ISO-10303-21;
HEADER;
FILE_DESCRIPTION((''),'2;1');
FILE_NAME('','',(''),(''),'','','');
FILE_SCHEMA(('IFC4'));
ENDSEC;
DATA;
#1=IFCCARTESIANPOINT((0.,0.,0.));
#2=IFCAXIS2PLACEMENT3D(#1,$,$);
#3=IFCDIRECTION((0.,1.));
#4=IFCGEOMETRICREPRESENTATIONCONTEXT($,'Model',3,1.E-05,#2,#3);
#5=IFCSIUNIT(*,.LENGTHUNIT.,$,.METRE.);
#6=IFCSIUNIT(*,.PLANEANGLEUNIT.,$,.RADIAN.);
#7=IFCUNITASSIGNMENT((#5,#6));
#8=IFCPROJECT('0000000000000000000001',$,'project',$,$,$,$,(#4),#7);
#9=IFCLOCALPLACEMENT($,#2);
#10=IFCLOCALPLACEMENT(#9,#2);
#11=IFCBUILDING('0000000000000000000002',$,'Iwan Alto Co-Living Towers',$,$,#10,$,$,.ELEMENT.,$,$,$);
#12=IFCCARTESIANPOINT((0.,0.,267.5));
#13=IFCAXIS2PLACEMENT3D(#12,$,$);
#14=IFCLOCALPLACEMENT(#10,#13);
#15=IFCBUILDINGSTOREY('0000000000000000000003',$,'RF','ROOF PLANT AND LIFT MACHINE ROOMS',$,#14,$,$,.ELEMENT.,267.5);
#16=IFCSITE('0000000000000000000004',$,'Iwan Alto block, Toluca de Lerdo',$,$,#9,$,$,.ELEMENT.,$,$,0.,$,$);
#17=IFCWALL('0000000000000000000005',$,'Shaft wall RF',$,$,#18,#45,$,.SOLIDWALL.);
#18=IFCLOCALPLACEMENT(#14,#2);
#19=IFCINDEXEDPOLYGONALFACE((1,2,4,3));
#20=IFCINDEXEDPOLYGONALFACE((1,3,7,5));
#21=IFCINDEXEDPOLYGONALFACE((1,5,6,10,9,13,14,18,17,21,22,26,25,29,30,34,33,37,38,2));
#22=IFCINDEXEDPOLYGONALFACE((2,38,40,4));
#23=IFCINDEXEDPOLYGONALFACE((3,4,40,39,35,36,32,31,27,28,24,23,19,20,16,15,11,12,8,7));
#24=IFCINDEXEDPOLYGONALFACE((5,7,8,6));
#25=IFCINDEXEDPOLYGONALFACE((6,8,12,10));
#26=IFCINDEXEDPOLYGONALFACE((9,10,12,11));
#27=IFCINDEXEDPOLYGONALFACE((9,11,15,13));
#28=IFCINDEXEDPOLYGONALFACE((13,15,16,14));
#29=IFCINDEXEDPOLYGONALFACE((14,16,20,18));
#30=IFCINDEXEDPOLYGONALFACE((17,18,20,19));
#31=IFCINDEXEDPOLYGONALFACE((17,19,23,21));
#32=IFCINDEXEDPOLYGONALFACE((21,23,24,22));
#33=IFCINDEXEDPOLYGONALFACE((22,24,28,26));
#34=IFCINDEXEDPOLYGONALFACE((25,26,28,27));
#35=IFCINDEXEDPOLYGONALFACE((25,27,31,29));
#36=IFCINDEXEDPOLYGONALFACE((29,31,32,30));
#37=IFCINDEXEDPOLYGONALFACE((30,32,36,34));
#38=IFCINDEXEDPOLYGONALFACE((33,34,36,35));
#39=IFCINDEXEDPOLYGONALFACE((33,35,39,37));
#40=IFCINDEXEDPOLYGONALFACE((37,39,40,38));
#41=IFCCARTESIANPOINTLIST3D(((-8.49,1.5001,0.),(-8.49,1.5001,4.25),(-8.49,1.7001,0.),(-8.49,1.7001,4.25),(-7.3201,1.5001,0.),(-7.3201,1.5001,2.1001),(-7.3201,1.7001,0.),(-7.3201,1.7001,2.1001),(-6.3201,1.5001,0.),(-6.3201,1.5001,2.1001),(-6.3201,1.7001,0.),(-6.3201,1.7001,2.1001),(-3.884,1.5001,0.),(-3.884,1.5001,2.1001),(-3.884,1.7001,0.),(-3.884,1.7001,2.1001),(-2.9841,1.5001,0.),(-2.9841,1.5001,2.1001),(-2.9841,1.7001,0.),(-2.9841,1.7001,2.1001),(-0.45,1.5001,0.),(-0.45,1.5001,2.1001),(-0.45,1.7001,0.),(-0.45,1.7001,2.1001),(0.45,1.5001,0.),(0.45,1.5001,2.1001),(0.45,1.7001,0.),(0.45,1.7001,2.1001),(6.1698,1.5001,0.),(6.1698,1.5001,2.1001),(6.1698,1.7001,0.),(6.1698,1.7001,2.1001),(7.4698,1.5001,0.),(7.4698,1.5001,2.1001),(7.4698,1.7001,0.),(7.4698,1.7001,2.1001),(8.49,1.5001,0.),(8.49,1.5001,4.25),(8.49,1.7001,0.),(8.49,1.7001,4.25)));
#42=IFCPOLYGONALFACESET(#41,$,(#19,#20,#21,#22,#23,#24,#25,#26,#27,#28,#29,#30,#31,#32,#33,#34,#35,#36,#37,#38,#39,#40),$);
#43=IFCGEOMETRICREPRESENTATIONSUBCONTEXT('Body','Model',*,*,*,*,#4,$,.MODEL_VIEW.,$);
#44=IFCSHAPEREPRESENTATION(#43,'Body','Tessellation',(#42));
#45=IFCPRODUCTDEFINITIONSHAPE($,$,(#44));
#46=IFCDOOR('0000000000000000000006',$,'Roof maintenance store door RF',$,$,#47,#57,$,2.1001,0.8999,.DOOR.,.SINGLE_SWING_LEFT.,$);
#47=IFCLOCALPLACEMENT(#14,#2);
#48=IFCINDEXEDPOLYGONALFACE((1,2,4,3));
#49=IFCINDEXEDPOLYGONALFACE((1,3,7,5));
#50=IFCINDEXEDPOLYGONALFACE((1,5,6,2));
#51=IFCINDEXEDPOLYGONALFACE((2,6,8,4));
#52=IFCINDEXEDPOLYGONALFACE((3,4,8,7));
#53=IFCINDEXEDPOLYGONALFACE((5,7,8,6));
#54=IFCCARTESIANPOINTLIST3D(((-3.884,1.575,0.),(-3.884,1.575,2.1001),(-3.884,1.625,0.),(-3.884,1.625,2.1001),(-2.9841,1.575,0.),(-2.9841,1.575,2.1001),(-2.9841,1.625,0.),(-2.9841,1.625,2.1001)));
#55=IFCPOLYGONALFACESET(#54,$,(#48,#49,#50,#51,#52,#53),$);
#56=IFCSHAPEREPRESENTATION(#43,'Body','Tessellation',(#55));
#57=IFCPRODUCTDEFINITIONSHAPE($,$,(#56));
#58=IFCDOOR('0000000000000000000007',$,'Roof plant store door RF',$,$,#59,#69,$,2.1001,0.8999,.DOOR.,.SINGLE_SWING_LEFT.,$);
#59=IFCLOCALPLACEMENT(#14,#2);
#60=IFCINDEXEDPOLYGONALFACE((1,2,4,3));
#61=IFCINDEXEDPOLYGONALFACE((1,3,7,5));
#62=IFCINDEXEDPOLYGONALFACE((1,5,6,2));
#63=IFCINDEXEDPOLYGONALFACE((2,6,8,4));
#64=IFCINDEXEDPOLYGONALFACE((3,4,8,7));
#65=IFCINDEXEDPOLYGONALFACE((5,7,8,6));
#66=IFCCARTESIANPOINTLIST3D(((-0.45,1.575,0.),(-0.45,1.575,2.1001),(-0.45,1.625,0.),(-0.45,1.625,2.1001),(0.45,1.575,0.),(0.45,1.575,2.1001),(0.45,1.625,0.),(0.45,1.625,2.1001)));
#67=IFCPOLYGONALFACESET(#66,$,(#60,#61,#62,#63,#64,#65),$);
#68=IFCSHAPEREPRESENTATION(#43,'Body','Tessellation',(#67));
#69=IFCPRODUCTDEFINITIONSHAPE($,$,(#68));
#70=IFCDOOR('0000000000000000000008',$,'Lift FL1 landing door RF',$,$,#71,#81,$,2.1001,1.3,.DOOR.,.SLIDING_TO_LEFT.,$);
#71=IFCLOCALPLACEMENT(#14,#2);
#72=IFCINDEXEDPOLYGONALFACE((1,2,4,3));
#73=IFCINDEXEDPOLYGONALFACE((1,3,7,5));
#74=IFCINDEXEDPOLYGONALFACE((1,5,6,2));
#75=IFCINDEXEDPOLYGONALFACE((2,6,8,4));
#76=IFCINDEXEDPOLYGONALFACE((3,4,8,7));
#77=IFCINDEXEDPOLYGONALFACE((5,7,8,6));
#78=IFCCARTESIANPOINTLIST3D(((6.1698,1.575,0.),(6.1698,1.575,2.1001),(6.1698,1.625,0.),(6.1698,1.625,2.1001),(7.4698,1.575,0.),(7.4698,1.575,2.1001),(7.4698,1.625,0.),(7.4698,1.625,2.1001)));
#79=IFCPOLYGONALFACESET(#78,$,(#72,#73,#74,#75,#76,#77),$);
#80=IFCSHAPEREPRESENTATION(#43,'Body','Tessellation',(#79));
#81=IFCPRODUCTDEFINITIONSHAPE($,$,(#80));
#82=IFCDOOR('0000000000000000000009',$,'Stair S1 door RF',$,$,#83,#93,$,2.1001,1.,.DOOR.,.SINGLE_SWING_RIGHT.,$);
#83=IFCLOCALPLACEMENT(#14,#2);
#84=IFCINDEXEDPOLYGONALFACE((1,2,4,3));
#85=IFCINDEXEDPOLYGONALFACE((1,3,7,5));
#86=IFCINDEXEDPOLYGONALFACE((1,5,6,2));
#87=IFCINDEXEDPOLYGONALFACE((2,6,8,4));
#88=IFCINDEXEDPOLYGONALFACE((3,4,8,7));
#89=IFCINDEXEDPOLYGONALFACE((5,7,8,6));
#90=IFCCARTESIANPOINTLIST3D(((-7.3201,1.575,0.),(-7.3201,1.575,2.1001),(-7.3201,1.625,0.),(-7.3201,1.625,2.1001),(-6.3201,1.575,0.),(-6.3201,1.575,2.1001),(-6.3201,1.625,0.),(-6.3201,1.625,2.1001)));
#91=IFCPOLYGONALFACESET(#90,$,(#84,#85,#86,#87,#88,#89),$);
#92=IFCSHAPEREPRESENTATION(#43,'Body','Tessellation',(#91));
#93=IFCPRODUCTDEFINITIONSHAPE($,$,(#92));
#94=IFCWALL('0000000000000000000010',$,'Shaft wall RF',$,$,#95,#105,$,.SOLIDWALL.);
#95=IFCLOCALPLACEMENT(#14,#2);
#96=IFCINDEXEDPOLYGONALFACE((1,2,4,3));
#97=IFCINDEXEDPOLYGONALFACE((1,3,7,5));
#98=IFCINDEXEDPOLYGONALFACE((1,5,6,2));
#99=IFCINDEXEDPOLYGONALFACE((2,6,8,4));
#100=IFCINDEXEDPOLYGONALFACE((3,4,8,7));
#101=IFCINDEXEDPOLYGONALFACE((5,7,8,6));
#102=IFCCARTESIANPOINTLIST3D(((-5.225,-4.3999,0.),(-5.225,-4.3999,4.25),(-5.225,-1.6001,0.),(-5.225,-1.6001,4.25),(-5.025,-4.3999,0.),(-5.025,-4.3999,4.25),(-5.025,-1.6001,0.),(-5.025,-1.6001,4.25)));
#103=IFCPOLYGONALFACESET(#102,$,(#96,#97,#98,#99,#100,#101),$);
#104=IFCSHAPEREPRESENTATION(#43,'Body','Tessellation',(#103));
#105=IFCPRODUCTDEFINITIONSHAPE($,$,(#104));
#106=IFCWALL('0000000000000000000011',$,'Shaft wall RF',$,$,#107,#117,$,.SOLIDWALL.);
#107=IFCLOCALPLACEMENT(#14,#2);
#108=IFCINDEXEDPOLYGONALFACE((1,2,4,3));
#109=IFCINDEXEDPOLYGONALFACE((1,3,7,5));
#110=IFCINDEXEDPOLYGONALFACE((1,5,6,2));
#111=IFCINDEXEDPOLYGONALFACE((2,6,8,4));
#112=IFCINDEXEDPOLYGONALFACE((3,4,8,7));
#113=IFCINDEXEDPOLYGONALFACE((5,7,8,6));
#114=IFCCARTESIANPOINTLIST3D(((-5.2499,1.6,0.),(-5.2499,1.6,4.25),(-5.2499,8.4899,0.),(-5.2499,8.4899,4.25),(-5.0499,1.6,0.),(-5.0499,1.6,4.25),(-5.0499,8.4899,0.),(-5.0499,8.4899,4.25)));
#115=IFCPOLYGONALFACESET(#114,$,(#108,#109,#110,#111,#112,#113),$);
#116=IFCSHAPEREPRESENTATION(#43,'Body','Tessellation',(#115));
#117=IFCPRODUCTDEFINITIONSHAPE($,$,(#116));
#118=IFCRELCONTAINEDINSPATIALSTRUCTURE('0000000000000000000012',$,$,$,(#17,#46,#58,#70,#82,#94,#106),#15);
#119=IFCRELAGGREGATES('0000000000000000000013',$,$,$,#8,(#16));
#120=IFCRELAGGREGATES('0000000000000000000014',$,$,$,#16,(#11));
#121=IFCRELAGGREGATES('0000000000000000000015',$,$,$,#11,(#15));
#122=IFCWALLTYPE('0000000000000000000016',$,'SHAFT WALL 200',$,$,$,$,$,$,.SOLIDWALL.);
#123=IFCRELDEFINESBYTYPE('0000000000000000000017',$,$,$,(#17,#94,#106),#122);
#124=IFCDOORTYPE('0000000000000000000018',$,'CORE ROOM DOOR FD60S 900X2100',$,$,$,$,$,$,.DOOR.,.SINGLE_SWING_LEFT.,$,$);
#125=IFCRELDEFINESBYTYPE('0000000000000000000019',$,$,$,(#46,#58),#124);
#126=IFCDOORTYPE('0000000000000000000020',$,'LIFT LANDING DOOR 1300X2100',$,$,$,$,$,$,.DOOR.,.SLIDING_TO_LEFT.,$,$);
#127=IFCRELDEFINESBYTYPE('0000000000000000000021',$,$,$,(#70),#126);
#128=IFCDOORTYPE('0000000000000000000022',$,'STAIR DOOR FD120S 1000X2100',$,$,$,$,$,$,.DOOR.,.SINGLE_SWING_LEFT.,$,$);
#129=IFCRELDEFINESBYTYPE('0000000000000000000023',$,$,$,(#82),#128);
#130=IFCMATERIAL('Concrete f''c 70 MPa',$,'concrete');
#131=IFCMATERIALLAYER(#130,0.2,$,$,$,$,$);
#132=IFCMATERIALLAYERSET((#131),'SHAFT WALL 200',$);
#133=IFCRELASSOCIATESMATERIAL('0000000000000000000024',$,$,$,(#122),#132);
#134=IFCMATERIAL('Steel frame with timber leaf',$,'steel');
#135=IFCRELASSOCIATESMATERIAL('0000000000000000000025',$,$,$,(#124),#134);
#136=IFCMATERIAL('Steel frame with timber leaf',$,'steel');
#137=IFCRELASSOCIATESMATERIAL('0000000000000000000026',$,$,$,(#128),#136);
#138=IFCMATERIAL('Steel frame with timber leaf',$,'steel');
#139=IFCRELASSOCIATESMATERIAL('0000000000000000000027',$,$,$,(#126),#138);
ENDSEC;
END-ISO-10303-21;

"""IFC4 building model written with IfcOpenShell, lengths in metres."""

from ifc_helpers import new_model, si_unit, direction, frame, frame_2d, origin, place, context, subcontext, project, spatial, rectangle, extrude, material, layer, layer_set, type_object, element, fill, save


model = new_model("IFC4")

# Units and contexts
model_context = context("Model", 3, precision=1e-05, world=origin(), true_north=direction((0.0, 1.0)))
body_context = subcontext(model_context, "Body", "Model", "MODEL_VIEW")
ifc_project = project(units=[si_unit("LENGTHUNIT", "METRE"), si_unit("PLANEANGLEUNIT", "RADIAN")], contexts=[model_context])

# Site, building, storey
site_placement = place(None, origin())
site = spatial("IfcSite", under=ifc_project, at=site_placement, Name="Iwan Alto block, Toluca de Lerdo", CompositionType="ELEMENT", RefElevation=0.0)
building_placement = place(site_placement, origin())
building = spatial("IfcBuilding", under=site, at=building_placement, Name="Iwan Alto Co-Living Towers", CompositionType="ELEMENT")
storey_placement = place(building_placement, frame((0.0, 0.0, 267.5)))
storey = spatial("IfcBuildingStorey", under=building, at=storey_placement, Name="RF", Description="ROOF PLANT AND LIFT MACHINE ROOMS", CompositionType="ELEMENT", Elevation=267.5)

# Shared definitions
ifc_material_1 = material(Name="Concrete f'c 70 MPa", Category="concrete")
ifc_layer = layer(ifc_material_1, 0.2)
ifc_layer_set = layer_set([ifc_layer], Name="SHAFT WALL 200")
wall_type_1 = type_object("IfcWallType", Name="SHAFT WALL 200", PredefinedType="SOLIDWALL", material=ifc_layer_set)

# Wall, openings, doors
ifc_material_2 = material(Name="Steel frame with timber leaf", Category="steel")
door_type_1 = type_object("IfcDoorType", Name="CORE ROOM DOOR FD60S 900X2100", OperationType="SINGLE_SWING_LEFT", PredefinedType="DOOR", material=ifc_material_2)
ifc_material_3 = material(Name="Steel frame with timber leaf", Category="steel")
door_type_2 = type_object("IfcDoorType", Name="STAIR DOOR FD120S 1000X2100", OperationType="SINGLE_SWING_LEFT", PredefinedType="DOOR", material=ifc_material_3)
wall_1_placement = place(storey_placement, frame((-8.49, 1.6001, 0.0), z_axis=(0.0, 0.0, 1.0), x_axis=(1.0, 0.0, 0.0)))
wall_1 = element("IfcWall", 1, at=wall_1_placement, inside=storey, type_object=wall_type_1, Name="Shaft wall RF", PredefinedType="SOLIDWALL", context=body_context, shape_type="SweptSolid", body=[
    extrude(rectangle(XDim=16.98, YDim=0.2, at=frame_2d((8.49, 0.0))), origin(), (0.0, 0.0, 1.0), 4.25),
])
opening_1_placement = place(wall_1_placement, frame((1.1699, 0.0, 0.0)))
opening_1 = element("IfcOpeningElement", 2, at=opening_1_placement, cuts=wall_1, PredefinedType="OPENING", context=body_context, shape_type="SweptSolid", body=[
    extrude(rectangle(XDim=1.0, YDim=2.1001, at=frame_2d((0.5, 1.05))), frame((0.0, 0.1099, 0.0), z_axis=(0.0, -1.0, 0.0), x_axis=(1.0, 0.0, 0.0)), (0.0, 0.0, 1.0), 0.22),
])
opening_2_placement = place(wall_1_placement, frame((4.606, 0.0, 0.0)))
opening_2 = element("IfcOpeningElement", 3, at=opening_2_placement, cuts=wall_1, PredefinedType="OPENING", context=body_context, shape_type="SweptSolid", body=[
    extrude(rectangle(XDim=0.8999, YDim=2.1001, at=frame_2d((0.45, 1.05))), frame((0.0, 0.1099, 0.0), z_axis=(0.0, -1.0, 0.0), x_axis=(1.0, 0.0, 0.0)), (0.0, 0.0, 1.0), 0.22),
])
opening_3_placement = place(wall_1_placement, frame((8.04, 0.0, 0.0)))
opening_3 = element("IfcOpeningElement", 4, at=opening_3_placement, cuts=wall_1, PredefinedType="OPENING", context=body_context, shape_type="SweptSolid", body=[
    extrude(rectangle(XDim=0.8999, YDim=2.1001, at=frame_2d((0.45, 1.05))), frame((0.0, 0.1099, 0.0), z_axis=(0.0, -1.0, 0.0), x_axis=(1.0, 0.0, 0.0)), (0.0, 0.0, 1.0), 0.22),
])
opening_4_placement = place(wall_1_placement, frame((14.6599, 0.0, 0.0)))
opening_4 = element("IfcOpeningElement", 5, at=opening_4_placement, cuts=wall_1, PredefinedType="OPENING", context=body_context, shape_type="SweptSolid", body=[
    extrude(rectangle(XDim=1.3, YDim=2.1001, at=frame_2d((0.6499, 1.05))), frame((0.0, 0.1099, 0.0), z_axis=(0.0, -1.0, 0.0), x_axis=(1.0, 0.0, 0.0)), (0.0, 0.0, 1.0), 0.22),
])
door_1_placement = place(opening_2_placement, origin())
door_1 = element("IfcDoor", 6, at=door_1_placement, inside=storey, type_object=door_type_1, Name="Roof maintenance store door RF", OperationType="SINGLE_SWING_LEFT", OverallHeight=2.1001, OverallWidth=0.8999, PredefinedType="DOOR", context=body_context, shape_type="SweptSolid", body=[
    extrude(rectangle(XDim=0.8999, YDim=2.1001, at=frame_2d((0.45, 1.05))), frame((0.0, 0.0249, 0.0), z_axis=(0.0, -1.0, 0.0), x_axis=(1.0, 0.0, 0.0)), (0.0, 0.0, 1.0), 0.05),
])
fill(opening_2, door_1)
door_2_placement = place(opening_3_placement, origin())
door_2 = element("IfcDoor", 7, at=door_2_placement, inside=storey, type_object=door_type_1, Name="Roof plant store door RF", OperationType="SINGLE_SWING_LEFT", OverallHeight=2.1001, OverallWidth=0.8999, PredefinedType="DOOR", context=body_context, shape_type="SweptSolid", body=[
    extrude(rectangle(XDim=0.8999, YDim=2.1001, at=frame_2d((0.45, 1.05))), frame((0.0, 0.0249, 0.0), z_axis=(0.0, -1.0, 0.0), x_axis=(1.0, 0.0, 0.0)), (0.0, 0.0, 1.0), 0.05),
])
fill(opening_3, door_2)
ifc_material_4 = material(Name="Steel frame with timber leaf", Category="steel")
door_type_3 = type_object("IfcDoorType", Name="LIFT LANDING DOOR 1300X2100", OperationType="SLIDING_TO_LEFT", PredefinedType="DOOR", material=ifc_material_4)
door_3_placement = place(opening_4_placement, origin())
door_3 = element("IfcDoor", 8, at=door_3_placement, inside=storey, type_object=door_type_3, Name="Lift FL1 landing door RF", OperationType="SLIDING_TO_LEFT", OverallHeight=2.1001, OverallWidth=1.3, PredefinedType="DOOR", context=body_context, shape_type="SweptSolid", body=[
    extrude(rectangle(XDim=1.3, YDim=2.1001, at=frame_2d((0.6499, 1.05))), frame((0.0, 0.0249, 0.0), z_axis=(0.0, -1.0, 0.0), x_axis=(1.0, 0.0, 0.0)), (0.0, 0.0, 1.0), 0.05),
])
fill(opening_4, door_3)
door_4_placement = place(opening_1_placement, origin())
door_4 = element("IfcDoor", 9, at=door_4_placement, inside=storey, type_object=door_type_2, Name="Stair S1 door RF", OperationType="SINGLE_SWING_RIGHT", OverallHeight=2.1001, OverallWidth=1.0, PredefinedType="DOOR", context=body_context, shape_type="SweptSolid", body=[
    extrude(rectangle(XDim=1.0, YDim=2.1001, at=frame_2d((0.5, 1.05))), frame((0.0, 0.0249, 0.0), z_axis=(0.0, -1.0, 0.0), x_axis=(1.0, 0.0, 0.0)), (0.0, 0.0, 1.0), 0.05),
])
fill(opening_1, door_4)

# Walls
wall_2_placement = place(storey_placement, frame((-5.125, -4.3999, 0.0), z_axis=(0.0, 0.0, 1.0), x_axis=(0.0, 1.0, 0.0)))
element("IfcWall", 10, at=wall_2_placement, inside=storey, type_object=wall_type_1, Name="Shaft wall RF", PredefinedType="SOLIDWALL", context=body_context, shape_type="SweptSolid", body=[
    extrude(rectangle(XDim=2.7998, YDim=0.2, at=frame_2d((1.3999, 0.0))), origin(), (0.0, 0.0, 1.0), 4.25),
])
wall_3_placement = place(storey_placement, frame((-5.1499, 1.6001, 0.0), z_axis=(0.0, 0.0, 1.0), x_axis=(0.0, 1.0, 0.0)))
element("IfcWall", 11, at=wall_3_placement, inside=storey, type_object=wall_type_1, Name="Shaft wall RF", PredefinedType="SOLIDWALL", context=body_context, shape_type="SweptSolid", body=[
    extrude(rectangle(XDim=6.8899, YDim=0.2, at=frame_2d((3.4448, 0.0))), origin(), (0.0, 0.0, 1.0), 4.25),
])

save(model, "model.ifc")
